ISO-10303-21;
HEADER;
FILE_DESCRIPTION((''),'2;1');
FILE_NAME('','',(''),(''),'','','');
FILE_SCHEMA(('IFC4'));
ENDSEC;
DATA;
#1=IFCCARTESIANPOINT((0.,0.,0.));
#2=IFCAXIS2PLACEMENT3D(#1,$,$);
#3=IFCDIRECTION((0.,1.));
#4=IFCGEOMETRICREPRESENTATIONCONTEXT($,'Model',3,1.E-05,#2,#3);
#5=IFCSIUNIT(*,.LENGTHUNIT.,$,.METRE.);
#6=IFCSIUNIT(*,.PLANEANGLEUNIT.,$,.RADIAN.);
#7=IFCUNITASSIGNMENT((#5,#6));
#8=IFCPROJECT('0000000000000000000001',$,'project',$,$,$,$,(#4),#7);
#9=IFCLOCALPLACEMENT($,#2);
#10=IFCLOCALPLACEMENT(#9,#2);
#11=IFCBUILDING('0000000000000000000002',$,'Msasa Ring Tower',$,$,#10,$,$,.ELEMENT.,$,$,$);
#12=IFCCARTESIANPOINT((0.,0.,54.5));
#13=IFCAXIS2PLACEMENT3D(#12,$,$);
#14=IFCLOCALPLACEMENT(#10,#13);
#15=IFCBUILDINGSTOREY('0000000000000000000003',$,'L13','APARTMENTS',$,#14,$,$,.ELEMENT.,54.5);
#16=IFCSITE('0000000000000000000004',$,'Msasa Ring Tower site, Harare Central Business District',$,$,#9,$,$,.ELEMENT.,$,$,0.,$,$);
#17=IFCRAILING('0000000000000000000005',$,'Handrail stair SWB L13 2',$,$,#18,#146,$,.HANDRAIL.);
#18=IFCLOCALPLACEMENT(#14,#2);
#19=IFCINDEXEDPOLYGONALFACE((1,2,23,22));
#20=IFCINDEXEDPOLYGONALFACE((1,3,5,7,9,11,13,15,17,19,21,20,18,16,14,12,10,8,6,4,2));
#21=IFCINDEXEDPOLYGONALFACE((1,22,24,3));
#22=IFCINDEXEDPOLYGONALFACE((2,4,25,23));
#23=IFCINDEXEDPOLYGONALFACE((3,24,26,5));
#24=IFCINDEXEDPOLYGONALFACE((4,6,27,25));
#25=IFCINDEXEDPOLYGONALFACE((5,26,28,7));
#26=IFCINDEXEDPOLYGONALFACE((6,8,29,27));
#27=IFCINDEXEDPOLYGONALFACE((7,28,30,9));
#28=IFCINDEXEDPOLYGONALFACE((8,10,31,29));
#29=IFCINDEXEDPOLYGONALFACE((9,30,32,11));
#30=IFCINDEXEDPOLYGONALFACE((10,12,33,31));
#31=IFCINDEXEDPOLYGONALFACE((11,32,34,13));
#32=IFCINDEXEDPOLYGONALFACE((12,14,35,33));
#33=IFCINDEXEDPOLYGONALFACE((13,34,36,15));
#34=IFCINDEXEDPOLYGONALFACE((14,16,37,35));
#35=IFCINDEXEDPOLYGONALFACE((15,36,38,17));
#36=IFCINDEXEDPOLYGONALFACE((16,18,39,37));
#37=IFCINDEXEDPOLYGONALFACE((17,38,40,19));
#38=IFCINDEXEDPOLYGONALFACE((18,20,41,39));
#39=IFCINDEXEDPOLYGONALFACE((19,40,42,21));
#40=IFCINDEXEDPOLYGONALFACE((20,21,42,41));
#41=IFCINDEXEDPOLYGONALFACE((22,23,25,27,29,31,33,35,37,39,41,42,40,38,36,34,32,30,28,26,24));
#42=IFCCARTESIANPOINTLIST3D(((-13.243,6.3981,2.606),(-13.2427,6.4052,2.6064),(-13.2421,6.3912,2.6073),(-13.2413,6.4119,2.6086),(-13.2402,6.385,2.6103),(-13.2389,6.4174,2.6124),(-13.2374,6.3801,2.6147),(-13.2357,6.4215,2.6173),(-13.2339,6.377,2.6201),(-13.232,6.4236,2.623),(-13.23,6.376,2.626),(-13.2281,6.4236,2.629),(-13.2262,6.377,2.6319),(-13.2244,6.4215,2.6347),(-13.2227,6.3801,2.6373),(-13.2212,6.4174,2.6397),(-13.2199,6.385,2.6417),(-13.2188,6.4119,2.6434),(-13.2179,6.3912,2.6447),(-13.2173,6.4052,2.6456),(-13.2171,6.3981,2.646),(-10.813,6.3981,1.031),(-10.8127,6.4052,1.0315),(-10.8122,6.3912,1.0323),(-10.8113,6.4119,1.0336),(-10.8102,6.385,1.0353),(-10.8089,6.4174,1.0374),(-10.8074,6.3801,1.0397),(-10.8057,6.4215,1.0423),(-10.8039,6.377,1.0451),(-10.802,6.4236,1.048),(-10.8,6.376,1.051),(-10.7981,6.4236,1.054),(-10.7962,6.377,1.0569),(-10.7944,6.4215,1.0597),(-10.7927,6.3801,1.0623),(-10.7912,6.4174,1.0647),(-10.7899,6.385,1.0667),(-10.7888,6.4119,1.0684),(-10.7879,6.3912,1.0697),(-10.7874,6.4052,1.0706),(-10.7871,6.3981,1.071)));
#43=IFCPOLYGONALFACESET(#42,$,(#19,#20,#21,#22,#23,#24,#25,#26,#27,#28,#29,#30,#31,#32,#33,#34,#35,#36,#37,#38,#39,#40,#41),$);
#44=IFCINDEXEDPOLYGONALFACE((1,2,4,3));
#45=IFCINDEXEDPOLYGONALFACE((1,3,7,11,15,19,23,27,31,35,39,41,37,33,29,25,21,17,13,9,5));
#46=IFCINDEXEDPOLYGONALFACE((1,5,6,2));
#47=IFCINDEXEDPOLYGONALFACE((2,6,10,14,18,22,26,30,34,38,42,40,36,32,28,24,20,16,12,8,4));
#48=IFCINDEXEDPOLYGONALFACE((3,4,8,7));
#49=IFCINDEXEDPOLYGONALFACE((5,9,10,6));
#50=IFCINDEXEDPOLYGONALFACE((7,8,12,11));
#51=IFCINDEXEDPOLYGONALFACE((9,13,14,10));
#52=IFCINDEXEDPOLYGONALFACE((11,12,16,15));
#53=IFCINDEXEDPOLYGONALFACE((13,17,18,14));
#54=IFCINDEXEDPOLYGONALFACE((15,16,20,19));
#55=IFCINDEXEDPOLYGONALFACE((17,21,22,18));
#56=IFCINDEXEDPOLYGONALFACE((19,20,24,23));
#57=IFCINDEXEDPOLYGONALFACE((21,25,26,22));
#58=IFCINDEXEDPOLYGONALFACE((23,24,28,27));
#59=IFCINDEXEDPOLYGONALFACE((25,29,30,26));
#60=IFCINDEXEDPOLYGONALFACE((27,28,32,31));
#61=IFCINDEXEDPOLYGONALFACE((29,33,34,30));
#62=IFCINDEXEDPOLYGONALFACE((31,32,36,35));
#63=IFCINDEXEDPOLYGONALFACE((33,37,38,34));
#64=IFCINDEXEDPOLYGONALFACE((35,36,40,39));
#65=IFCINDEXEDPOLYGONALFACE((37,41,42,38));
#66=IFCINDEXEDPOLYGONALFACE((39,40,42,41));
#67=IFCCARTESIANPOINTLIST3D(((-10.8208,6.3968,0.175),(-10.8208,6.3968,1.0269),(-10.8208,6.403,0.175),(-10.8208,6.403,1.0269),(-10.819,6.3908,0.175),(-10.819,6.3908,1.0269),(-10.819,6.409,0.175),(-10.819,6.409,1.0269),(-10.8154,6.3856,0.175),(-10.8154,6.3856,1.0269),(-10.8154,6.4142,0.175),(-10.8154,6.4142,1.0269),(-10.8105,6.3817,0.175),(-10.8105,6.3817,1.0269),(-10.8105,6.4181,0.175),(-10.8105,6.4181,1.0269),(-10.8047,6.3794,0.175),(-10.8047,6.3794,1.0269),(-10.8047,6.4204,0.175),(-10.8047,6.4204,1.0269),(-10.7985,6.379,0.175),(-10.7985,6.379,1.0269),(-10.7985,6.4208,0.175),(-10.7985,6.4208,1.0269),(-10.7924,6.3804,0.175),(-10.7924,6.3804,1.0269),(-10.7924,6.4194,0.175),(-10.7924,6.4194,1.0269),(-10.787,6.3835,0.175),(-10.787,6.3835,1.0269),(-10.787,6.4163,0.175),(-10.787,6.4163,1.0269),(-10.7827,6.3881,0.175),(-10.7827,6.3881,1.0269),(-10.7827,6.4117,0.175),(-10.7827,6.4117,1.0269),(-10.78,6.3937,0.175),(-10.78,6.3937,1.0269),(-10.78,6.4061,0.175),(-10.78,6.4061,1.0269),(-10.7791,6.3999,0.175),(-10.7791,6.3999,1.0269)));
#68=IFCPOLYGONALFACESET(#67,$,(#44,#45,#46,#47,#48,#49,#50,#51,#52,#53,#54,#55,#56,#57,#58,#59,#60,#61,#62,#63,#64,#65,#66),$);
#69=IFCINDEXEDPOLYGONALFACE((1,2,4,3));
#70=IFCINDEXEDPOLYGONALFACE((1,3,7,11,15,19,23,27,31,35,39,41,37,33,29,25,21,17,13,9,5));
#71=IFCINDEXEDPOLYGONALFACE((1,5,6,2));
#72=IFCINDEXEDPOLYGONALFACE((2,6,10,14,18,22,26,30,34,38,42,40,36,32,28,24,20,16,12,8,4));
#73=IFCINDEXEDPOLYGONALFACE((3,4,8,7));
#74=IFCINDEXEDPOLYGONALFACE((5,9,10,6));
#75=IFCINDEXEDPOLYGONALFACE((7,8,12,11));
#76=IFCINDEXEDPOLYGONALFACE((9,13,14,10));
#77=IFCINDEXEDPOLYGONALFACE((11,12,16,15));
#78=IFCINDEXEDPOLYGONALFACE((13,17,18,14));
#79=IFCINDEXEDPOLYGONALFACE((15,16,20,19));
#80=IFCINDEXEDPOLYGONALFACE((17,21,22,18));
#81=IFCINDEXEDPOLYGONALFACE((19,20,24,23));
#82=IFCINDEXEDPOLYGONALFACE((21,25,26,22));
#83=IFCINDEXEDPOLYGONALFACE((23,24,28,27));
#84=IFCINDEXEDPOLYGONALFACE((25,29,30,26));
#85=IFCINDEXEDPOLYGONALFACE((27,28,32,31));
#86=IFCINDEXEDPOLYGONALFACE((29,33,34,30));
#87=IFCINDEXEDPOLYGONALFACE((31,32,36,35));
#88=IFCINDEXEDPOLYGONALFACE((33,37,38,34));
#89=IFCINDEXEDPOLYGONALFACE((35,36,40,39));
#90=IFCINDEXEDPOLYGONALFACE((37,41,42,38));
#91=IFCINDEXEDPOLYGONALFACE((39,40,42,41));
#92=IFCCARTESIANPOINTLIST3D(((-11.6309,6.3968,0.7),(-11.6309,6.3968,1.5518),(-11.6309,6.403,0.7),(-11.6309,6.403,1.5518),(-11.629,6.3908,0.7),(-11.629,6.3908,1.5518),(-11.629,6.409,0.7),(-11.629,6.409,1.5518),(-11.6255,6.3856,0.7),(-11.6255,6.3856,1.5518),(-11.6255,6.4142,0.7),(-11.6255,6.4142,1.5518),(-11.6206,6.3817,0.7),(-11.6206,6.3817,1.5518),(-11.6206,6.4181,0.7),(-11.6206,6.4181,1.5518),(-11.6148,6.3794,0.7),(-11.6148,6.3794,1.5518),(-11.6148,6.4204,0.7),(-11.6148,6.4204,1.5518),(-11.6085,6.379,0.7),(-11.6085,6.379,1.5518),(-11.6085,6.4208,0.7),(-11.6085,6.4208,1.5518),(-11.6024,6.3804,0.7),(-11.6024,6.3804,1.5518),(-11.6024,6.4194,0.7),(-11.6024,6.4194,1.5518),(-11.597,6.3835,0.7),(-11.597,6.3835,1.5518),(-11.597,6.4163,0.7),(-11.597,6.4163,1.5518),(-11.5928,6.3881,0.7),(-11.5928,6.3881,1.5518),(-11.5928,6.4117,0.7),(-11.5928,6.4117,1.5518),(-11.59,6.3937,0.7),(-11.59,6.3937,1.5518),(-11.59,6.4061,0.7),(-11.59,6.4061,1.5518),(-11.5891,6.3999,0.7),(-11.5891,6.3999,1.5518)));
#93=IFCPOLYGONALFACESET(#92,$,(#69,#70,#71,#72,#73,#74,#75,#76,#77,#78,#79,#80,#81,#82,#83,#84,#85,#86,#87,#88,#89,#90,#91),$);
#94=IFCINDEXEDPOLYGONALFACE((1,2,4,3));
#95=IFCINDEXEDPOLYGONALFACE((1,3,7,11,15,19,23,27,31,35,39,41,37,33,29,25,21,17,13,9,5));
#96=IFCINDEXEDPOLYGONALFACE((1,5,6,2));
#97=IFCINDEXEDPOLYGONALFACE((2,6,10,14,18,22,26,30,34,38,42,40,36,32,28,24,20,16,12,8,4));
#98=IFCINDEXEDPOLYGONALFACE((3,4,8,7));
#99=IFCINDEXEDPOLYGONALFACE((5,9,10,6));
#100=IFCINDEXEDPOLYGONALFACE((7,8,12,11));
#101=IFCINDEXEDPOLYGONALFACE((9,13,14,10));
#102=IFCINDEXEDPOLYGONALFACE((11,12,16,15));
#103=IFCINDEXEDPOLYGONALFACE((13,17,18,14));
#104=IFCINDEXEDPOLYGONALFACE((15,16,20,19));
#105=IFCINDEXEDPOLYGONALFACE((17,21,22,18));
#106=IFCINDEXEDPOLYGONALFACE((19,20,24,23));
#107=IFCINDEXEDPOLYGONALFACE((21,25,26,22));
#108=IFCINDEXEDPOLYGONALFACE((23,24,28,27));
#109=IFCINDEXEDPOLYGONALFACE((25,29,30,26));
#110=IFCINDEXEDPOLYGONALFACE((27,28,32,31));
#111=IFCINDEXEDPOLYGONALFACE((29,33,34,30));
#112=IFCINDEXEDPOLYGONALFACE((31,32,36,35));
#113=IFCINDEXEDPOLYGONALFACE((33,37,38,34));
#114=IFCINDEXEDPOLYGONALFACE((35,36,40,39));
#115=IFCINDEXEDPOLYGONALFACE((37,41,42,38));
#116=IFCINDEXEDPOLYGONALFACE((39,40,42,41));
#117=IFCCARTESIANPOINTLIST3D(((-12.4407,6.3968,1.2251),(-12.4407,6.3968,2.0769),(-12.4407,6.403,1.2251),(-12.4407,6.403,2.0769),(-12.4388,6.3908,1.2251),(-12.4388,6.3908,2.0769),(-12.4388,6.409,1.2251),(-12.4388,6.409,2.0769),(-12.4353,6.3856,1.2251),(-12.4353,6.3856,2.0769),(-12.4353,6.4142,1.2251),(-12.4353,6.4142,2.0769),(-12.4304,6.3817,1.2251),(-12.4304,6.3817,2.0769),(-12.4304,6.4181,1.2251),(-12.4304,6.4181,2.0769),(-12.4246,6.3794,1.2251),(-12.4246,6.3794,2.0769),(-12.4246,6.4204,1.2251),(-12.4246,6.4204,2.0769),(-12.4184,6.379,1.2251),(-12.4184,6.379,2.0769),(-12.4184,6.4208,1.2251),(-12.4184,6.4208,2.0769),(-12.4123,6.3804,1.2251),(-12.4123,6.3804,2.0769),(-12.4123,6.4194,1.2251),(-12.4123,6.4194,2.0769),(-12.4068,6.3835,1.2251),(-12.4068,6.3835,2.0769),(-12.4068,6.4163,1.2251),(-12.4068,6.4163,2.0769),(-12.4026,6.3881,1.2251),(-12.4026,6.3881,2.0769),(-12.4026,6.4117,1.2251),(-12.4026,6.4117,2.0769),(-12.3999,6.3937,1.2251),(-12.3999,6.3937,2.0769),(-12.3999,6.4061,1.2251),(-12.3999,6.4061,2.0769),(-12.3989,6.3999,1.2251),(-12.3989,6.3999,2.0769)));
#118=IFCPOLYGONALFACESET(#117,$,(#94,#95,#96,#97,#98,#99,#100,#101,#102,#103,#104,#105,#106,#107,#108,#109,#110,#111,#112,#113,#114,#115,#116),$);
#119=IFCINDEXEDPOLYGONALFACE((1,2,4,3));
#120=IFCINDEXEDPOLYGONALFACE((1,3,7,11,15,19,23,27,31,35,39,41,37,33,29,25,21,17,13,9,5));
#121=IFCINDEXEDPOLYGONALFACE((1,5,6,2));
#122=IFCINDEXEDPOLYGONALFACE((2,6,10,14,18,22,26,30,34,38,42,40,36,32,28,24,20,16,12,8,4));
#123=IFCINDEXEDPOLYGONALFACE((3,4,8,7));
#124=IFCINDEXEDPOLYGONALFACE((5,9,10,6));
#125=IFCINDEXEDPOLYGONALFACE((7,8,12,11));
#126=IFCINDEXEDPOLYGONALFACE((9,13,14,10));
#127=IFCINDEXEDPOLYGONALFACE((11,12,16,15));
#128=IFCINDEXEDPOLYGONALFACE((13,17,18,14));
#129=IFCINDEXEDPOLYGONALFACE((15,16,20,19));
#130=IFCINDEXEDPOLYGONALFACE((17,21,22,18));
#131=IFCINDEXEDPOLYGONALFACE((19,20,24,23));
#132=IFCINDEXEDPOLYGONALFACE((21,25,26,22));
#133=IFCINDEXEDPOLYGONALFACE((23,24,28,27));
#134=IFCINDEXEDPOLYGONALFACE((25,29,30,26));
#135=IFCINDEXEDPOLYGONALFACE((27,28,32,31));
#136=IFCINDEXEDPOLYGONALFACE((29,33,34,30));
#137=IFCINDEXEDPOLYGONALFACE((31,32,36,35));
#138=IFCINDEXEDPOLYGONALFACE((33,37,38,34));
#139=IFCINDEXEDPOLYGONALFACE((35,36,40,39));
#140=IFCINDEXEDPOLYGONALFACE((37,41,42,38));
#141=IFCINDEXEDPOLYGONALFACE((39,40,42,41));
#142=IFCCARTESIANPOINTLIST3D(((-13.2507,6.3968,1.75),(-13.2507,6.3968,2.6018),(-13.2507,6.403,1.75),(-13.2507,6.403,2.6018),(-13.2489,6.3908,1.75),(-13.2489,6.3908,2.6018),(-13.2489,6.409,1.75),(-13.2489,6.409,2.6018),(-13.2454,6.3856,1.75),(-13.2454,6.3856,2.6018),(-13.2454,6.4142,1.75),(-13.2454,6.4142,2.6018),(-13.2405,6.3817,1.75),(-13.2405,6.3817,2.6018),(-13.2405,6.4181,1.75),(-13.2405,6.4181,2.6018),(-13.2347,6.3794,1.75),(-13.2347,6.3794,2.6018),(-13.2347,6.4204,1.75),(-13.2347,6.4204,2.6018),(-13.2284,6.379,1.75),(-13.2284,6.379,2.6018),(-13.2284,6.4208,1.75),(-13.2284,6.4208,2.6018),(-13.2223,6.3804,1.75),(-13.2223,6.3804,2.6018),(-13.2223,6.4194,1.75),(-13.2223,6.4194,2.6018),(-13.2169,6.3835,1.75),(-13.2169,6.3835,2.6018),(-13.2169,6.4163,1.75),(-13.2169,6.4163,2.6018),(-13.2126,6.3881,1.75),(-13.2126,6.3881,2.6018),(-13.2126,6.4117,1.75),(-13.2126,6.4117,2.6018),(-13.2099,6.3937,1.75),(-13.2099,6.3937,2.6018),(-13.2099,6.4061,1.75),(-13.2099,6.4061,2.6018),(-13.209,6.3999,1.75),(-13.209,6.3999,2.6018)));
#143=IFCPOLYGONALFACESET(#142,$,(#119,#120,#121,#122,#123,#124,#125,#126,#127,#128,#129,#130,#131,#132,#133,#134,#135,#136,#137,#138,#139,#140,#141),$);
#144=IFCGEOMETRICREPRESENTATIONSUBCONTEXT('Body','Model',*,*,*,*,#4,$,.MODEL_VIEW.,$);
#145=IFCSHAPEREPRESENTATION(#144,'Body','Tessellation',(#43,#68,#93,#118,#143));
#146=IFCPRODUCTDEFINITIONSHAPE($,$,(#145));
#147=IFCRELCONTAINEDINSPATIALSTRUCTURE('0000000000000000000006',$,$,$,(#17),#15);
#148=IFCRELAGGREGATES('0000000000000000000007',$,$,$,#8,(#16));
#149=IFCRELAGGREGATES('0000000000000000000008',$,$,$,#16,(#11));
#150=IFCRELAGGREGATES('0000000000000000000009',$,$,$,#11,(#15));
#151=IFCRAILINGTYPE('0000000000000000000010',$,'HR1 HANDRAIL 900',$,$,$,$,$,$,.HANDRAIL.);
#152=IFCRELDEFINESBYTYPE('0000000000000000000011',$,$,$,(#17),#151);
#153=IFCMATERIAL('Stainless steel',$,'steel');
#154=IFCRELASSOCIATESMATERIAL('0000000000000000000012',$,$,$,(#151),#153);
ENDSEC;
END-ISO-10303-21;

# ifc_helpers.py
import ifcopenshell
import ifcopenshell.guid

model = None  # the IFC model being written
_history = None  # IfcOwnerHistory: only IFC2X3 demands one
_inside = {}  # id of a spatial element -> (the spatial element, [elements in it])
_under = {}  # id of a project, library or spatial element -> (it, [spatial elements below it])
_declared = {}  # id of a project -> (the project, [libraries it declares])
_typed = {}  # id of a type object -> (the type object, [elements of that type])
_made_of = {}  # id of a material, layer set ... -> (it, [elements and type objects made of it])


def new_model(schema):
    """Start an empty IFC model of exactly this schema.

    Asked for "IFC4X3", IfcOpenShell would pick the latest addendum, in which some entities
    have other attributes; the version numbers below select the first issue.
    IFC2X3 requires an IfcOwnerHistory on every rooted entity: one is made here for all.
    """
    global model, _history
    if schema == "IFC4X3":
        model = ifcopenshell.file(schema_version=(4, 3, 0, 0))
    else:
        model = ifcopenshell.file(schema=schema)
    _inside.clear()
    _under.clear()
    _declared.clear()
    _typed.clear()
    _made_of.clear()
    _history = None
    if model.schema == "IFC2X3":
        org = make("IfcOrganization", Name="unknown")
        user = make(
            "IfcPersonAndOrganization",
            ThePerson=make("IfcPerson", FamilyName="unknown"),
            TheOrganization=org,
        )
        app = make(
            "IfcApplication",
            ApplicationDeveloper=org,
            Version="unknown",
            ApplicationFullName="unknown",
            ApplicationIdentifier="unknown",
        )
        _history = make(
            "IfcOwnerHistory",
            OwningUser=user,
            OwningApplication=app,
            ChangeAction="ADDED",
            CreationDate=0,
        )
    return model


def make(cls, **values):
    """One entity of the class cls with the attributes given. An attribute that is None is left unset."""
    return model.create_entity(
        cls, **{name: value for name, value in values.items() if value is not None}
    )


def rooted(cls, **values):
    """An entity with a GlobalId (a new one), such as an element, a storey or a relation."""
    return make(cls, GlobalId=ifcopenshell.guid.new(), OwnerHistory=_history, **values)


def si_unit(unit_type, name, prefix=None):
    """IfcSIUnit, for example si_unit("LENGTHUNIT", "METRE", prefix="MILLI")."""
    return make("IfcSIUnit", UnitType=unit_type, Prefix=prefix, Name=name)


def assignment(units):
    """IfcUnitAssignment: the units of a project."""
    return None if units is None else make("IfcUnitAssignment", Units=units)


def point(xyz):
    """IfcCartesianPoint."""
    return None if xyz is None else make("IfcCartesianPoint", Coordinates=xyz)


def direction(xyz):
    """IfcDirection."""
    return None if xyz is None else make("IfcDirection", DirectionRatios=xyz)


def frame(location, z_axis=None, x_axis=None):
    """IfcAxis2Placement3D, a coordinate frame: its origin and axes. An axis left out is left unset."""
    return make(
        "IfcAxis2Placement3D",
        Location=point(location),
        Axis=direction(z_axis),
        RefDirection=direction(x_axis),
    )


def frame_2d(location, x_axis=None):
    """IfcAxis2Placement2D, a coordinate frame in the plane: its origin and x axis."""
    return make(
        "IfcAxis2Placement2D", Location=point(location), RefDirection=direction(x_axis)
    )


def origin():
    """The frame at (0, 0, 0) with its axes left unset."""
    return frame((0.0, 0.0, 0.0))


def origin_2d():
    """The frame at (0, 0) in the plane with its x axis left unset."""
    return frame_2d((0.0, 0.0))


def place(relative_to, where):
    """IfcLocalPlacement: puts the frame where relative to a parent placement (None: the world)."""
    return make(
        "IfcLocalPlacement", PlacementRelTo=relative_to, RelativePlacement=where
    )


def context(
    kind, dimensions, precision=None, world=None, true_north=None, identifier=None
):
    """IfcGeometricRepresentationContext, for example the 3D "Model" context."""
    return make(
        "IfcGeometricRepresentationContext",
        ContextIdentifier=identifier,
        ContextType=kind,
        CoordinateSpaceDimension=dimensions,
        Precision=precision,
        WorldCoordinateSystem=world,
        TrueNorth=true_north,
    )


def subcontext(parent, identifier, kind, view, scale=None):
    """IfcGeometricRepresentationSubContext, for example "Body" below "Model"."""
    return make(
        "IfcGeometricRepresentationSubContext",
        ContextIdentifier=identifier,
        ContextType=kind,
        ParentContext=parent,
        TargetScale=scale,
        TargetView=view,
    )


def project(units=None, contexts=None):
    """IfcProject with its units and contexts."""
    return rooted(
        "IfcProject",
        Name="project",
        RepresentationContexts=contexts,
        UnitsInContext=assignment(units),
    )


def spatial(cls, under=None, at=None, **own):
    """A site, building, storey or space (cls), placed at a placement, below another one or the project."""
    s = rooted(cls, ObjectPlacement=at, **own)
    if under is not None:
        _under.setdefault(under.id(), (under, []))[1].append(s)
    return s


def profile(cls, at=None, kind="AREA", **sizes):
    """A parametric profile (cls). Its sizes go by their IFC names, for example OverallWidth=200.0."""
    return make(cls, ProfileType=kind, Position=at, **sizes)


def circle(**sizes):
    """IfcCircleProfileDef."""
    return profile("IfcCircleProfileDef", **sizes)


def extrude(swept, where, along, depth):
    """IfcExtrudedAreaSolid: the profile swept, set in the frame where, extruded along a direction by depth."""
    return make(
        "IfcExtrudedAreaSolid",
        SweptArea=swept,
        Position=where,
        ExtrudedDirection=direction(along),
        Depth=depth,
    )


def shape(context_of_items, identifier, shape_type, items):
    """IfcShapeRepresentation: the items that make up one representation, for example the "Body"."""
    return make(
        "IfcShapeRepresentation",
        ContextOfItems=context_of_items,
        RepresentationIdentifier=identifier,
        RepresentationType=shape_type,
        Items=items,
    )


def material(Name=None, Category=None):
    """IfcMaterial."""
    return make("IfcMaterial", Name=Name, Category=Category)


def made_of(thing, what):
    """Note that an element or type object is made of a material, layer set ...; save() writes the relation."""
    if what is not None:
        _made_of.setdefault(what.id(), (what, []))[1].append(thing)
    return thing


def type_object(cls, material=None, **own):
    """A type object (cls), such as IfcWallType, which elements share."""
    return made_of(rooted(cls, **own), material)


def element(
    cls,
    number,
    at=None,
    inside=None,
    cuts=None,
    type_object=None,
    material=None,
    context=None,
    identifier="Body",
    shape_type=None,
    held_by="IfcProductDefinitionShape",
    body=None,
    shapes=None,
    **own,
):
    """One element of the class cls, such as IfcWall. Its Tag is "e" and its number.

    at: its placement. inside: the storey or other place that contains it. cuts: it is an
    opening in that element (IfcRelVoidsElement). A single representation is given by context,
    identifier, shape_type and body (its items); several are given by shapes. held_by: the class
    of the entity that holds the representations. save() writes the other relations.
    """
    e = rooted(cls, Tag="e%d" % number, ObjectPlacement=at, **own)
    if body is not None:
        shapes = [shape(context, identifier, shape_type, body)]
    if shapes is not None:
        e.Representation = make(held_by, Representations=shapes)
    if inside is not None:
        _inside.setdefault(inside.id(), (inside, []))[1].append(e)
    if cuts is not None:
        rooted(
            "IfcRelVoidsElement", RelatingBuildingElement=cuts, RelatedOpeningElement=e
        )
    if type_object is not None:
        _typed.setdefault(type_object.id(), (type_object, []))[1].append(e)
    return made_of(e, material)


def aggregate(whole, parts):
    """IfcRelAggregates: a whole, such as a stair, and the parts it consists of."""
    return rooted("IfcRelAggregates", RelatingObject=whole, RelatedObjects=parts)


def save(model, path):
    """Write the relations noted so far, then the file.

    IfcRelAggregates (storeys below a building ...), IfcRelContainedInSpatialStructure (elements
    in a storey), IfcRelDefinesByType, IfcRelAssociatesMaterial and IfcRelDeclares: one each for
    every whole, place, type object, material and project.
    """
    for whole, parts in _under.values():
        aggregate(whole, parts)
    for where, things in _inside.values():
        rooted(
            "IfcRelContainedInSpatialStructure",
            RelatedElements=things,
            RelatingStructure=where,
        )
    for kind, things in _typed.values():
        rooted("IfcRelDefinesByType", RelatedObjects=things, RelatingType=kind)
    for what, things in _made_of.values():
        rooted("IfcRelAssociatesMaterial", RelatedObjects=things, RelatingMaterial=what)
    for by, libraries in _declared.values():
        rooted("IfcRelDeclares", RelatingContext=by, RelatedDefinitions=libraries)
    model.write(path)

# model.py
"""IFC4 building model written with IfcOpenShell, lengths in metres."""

from ifc_helpers import new_model, si_unit, direction, frame, origin, origin_2d, place, context, subcontext, project, spatial, circle, extrude, material, type_object, element, save


model = new_model("IFC4")

# Units and contexts
model_context = context("Model", 3, precision=1e-05, world=origin(), true_north=direction((0.0, 1.0)))
body_context = subcontext(model_context, "Body", "Model", "MODEL_VIEW")
ifc_project = project(units=[si_unit("LENGTHUNIT", "METRE"), si_unit("PLANEANGLEUNIT", "RADIAN")], contexts=[model_context])

# Site, building, storey
site_placement = place(None, origin())
site = spatial("IfcSite", under=ifc_project, at=site_placement, Name="Msasa Ring Tower site, Harare Central Business District", CompositionType="ELEMENT", RefElevation=0.0)
building_placement = place(site_placement, origin())
building = spatial("IfcBuilding", under=site, at=building_placement, Name="Msasa Ring Tower", CompositionType="ELEMENT")
storey_placement = place(building_placement, frame((0.0, 0.0, 54.5)))
storey = spatial("IfcBuildingStorey", under=building, at=storey_placement, Name="L13", Description="APARTMENTS", CompositionType="ELEMENT", Elevation=54.5)

# Railing
ifc_material_1 = material(Name="Stainless steel", Category="steel")
railing_type = type_object("IfcRailingType", Name="HR1 HANDRAIL 900", PredefinedType="HANDRAIL", material=ifc_material_1)
for number, where, name in (
    (1, (-10.8, 6.3999, 0.175), "Handrail stair SWB L13 2"),
):
    element("IfcRailing", number, at=place(storey_placement, frame(where)), inside=storey, type_object=railing_type, Name=name, PredefinedType="HANDRAIL", context=body_context, shape_type="SweptSolid", body=[
        extrude(circle(Radius=0.0239, at=origin_2d()), frame((0.0, 0.0, 0.876), z_axis=(-0.839154, 0.0, 0.543894), x_axis=(0.0, -1.0, 0.0)), (0.0, 0.0, 1.0), 2.8958),
        extrude(circle(Radius=0.021, at=origin_2d()), origin(), (0.0, 0.0, 1.0), 0.8518),
        extrude(circle(Radius=0.021, at=origin_2d()), frame((-0.8101, 0.0, 0.5249)), (0.0, 0.0, 1.0), 0.8518),
        extrude(circle(Radius=0.021, at=origin_2d()), frame((-1.6199, 0.0, 1.05)), (0.0, 0.0, 1.0), 0.8518),
        extrude(circle(Radius=0.021, at=origin_2d()), frame((-2.4299, 0.0, 1.575)), (0.0, 0.0, 1.0), 0.8518),
    ])

save(model, "model.ifc")
